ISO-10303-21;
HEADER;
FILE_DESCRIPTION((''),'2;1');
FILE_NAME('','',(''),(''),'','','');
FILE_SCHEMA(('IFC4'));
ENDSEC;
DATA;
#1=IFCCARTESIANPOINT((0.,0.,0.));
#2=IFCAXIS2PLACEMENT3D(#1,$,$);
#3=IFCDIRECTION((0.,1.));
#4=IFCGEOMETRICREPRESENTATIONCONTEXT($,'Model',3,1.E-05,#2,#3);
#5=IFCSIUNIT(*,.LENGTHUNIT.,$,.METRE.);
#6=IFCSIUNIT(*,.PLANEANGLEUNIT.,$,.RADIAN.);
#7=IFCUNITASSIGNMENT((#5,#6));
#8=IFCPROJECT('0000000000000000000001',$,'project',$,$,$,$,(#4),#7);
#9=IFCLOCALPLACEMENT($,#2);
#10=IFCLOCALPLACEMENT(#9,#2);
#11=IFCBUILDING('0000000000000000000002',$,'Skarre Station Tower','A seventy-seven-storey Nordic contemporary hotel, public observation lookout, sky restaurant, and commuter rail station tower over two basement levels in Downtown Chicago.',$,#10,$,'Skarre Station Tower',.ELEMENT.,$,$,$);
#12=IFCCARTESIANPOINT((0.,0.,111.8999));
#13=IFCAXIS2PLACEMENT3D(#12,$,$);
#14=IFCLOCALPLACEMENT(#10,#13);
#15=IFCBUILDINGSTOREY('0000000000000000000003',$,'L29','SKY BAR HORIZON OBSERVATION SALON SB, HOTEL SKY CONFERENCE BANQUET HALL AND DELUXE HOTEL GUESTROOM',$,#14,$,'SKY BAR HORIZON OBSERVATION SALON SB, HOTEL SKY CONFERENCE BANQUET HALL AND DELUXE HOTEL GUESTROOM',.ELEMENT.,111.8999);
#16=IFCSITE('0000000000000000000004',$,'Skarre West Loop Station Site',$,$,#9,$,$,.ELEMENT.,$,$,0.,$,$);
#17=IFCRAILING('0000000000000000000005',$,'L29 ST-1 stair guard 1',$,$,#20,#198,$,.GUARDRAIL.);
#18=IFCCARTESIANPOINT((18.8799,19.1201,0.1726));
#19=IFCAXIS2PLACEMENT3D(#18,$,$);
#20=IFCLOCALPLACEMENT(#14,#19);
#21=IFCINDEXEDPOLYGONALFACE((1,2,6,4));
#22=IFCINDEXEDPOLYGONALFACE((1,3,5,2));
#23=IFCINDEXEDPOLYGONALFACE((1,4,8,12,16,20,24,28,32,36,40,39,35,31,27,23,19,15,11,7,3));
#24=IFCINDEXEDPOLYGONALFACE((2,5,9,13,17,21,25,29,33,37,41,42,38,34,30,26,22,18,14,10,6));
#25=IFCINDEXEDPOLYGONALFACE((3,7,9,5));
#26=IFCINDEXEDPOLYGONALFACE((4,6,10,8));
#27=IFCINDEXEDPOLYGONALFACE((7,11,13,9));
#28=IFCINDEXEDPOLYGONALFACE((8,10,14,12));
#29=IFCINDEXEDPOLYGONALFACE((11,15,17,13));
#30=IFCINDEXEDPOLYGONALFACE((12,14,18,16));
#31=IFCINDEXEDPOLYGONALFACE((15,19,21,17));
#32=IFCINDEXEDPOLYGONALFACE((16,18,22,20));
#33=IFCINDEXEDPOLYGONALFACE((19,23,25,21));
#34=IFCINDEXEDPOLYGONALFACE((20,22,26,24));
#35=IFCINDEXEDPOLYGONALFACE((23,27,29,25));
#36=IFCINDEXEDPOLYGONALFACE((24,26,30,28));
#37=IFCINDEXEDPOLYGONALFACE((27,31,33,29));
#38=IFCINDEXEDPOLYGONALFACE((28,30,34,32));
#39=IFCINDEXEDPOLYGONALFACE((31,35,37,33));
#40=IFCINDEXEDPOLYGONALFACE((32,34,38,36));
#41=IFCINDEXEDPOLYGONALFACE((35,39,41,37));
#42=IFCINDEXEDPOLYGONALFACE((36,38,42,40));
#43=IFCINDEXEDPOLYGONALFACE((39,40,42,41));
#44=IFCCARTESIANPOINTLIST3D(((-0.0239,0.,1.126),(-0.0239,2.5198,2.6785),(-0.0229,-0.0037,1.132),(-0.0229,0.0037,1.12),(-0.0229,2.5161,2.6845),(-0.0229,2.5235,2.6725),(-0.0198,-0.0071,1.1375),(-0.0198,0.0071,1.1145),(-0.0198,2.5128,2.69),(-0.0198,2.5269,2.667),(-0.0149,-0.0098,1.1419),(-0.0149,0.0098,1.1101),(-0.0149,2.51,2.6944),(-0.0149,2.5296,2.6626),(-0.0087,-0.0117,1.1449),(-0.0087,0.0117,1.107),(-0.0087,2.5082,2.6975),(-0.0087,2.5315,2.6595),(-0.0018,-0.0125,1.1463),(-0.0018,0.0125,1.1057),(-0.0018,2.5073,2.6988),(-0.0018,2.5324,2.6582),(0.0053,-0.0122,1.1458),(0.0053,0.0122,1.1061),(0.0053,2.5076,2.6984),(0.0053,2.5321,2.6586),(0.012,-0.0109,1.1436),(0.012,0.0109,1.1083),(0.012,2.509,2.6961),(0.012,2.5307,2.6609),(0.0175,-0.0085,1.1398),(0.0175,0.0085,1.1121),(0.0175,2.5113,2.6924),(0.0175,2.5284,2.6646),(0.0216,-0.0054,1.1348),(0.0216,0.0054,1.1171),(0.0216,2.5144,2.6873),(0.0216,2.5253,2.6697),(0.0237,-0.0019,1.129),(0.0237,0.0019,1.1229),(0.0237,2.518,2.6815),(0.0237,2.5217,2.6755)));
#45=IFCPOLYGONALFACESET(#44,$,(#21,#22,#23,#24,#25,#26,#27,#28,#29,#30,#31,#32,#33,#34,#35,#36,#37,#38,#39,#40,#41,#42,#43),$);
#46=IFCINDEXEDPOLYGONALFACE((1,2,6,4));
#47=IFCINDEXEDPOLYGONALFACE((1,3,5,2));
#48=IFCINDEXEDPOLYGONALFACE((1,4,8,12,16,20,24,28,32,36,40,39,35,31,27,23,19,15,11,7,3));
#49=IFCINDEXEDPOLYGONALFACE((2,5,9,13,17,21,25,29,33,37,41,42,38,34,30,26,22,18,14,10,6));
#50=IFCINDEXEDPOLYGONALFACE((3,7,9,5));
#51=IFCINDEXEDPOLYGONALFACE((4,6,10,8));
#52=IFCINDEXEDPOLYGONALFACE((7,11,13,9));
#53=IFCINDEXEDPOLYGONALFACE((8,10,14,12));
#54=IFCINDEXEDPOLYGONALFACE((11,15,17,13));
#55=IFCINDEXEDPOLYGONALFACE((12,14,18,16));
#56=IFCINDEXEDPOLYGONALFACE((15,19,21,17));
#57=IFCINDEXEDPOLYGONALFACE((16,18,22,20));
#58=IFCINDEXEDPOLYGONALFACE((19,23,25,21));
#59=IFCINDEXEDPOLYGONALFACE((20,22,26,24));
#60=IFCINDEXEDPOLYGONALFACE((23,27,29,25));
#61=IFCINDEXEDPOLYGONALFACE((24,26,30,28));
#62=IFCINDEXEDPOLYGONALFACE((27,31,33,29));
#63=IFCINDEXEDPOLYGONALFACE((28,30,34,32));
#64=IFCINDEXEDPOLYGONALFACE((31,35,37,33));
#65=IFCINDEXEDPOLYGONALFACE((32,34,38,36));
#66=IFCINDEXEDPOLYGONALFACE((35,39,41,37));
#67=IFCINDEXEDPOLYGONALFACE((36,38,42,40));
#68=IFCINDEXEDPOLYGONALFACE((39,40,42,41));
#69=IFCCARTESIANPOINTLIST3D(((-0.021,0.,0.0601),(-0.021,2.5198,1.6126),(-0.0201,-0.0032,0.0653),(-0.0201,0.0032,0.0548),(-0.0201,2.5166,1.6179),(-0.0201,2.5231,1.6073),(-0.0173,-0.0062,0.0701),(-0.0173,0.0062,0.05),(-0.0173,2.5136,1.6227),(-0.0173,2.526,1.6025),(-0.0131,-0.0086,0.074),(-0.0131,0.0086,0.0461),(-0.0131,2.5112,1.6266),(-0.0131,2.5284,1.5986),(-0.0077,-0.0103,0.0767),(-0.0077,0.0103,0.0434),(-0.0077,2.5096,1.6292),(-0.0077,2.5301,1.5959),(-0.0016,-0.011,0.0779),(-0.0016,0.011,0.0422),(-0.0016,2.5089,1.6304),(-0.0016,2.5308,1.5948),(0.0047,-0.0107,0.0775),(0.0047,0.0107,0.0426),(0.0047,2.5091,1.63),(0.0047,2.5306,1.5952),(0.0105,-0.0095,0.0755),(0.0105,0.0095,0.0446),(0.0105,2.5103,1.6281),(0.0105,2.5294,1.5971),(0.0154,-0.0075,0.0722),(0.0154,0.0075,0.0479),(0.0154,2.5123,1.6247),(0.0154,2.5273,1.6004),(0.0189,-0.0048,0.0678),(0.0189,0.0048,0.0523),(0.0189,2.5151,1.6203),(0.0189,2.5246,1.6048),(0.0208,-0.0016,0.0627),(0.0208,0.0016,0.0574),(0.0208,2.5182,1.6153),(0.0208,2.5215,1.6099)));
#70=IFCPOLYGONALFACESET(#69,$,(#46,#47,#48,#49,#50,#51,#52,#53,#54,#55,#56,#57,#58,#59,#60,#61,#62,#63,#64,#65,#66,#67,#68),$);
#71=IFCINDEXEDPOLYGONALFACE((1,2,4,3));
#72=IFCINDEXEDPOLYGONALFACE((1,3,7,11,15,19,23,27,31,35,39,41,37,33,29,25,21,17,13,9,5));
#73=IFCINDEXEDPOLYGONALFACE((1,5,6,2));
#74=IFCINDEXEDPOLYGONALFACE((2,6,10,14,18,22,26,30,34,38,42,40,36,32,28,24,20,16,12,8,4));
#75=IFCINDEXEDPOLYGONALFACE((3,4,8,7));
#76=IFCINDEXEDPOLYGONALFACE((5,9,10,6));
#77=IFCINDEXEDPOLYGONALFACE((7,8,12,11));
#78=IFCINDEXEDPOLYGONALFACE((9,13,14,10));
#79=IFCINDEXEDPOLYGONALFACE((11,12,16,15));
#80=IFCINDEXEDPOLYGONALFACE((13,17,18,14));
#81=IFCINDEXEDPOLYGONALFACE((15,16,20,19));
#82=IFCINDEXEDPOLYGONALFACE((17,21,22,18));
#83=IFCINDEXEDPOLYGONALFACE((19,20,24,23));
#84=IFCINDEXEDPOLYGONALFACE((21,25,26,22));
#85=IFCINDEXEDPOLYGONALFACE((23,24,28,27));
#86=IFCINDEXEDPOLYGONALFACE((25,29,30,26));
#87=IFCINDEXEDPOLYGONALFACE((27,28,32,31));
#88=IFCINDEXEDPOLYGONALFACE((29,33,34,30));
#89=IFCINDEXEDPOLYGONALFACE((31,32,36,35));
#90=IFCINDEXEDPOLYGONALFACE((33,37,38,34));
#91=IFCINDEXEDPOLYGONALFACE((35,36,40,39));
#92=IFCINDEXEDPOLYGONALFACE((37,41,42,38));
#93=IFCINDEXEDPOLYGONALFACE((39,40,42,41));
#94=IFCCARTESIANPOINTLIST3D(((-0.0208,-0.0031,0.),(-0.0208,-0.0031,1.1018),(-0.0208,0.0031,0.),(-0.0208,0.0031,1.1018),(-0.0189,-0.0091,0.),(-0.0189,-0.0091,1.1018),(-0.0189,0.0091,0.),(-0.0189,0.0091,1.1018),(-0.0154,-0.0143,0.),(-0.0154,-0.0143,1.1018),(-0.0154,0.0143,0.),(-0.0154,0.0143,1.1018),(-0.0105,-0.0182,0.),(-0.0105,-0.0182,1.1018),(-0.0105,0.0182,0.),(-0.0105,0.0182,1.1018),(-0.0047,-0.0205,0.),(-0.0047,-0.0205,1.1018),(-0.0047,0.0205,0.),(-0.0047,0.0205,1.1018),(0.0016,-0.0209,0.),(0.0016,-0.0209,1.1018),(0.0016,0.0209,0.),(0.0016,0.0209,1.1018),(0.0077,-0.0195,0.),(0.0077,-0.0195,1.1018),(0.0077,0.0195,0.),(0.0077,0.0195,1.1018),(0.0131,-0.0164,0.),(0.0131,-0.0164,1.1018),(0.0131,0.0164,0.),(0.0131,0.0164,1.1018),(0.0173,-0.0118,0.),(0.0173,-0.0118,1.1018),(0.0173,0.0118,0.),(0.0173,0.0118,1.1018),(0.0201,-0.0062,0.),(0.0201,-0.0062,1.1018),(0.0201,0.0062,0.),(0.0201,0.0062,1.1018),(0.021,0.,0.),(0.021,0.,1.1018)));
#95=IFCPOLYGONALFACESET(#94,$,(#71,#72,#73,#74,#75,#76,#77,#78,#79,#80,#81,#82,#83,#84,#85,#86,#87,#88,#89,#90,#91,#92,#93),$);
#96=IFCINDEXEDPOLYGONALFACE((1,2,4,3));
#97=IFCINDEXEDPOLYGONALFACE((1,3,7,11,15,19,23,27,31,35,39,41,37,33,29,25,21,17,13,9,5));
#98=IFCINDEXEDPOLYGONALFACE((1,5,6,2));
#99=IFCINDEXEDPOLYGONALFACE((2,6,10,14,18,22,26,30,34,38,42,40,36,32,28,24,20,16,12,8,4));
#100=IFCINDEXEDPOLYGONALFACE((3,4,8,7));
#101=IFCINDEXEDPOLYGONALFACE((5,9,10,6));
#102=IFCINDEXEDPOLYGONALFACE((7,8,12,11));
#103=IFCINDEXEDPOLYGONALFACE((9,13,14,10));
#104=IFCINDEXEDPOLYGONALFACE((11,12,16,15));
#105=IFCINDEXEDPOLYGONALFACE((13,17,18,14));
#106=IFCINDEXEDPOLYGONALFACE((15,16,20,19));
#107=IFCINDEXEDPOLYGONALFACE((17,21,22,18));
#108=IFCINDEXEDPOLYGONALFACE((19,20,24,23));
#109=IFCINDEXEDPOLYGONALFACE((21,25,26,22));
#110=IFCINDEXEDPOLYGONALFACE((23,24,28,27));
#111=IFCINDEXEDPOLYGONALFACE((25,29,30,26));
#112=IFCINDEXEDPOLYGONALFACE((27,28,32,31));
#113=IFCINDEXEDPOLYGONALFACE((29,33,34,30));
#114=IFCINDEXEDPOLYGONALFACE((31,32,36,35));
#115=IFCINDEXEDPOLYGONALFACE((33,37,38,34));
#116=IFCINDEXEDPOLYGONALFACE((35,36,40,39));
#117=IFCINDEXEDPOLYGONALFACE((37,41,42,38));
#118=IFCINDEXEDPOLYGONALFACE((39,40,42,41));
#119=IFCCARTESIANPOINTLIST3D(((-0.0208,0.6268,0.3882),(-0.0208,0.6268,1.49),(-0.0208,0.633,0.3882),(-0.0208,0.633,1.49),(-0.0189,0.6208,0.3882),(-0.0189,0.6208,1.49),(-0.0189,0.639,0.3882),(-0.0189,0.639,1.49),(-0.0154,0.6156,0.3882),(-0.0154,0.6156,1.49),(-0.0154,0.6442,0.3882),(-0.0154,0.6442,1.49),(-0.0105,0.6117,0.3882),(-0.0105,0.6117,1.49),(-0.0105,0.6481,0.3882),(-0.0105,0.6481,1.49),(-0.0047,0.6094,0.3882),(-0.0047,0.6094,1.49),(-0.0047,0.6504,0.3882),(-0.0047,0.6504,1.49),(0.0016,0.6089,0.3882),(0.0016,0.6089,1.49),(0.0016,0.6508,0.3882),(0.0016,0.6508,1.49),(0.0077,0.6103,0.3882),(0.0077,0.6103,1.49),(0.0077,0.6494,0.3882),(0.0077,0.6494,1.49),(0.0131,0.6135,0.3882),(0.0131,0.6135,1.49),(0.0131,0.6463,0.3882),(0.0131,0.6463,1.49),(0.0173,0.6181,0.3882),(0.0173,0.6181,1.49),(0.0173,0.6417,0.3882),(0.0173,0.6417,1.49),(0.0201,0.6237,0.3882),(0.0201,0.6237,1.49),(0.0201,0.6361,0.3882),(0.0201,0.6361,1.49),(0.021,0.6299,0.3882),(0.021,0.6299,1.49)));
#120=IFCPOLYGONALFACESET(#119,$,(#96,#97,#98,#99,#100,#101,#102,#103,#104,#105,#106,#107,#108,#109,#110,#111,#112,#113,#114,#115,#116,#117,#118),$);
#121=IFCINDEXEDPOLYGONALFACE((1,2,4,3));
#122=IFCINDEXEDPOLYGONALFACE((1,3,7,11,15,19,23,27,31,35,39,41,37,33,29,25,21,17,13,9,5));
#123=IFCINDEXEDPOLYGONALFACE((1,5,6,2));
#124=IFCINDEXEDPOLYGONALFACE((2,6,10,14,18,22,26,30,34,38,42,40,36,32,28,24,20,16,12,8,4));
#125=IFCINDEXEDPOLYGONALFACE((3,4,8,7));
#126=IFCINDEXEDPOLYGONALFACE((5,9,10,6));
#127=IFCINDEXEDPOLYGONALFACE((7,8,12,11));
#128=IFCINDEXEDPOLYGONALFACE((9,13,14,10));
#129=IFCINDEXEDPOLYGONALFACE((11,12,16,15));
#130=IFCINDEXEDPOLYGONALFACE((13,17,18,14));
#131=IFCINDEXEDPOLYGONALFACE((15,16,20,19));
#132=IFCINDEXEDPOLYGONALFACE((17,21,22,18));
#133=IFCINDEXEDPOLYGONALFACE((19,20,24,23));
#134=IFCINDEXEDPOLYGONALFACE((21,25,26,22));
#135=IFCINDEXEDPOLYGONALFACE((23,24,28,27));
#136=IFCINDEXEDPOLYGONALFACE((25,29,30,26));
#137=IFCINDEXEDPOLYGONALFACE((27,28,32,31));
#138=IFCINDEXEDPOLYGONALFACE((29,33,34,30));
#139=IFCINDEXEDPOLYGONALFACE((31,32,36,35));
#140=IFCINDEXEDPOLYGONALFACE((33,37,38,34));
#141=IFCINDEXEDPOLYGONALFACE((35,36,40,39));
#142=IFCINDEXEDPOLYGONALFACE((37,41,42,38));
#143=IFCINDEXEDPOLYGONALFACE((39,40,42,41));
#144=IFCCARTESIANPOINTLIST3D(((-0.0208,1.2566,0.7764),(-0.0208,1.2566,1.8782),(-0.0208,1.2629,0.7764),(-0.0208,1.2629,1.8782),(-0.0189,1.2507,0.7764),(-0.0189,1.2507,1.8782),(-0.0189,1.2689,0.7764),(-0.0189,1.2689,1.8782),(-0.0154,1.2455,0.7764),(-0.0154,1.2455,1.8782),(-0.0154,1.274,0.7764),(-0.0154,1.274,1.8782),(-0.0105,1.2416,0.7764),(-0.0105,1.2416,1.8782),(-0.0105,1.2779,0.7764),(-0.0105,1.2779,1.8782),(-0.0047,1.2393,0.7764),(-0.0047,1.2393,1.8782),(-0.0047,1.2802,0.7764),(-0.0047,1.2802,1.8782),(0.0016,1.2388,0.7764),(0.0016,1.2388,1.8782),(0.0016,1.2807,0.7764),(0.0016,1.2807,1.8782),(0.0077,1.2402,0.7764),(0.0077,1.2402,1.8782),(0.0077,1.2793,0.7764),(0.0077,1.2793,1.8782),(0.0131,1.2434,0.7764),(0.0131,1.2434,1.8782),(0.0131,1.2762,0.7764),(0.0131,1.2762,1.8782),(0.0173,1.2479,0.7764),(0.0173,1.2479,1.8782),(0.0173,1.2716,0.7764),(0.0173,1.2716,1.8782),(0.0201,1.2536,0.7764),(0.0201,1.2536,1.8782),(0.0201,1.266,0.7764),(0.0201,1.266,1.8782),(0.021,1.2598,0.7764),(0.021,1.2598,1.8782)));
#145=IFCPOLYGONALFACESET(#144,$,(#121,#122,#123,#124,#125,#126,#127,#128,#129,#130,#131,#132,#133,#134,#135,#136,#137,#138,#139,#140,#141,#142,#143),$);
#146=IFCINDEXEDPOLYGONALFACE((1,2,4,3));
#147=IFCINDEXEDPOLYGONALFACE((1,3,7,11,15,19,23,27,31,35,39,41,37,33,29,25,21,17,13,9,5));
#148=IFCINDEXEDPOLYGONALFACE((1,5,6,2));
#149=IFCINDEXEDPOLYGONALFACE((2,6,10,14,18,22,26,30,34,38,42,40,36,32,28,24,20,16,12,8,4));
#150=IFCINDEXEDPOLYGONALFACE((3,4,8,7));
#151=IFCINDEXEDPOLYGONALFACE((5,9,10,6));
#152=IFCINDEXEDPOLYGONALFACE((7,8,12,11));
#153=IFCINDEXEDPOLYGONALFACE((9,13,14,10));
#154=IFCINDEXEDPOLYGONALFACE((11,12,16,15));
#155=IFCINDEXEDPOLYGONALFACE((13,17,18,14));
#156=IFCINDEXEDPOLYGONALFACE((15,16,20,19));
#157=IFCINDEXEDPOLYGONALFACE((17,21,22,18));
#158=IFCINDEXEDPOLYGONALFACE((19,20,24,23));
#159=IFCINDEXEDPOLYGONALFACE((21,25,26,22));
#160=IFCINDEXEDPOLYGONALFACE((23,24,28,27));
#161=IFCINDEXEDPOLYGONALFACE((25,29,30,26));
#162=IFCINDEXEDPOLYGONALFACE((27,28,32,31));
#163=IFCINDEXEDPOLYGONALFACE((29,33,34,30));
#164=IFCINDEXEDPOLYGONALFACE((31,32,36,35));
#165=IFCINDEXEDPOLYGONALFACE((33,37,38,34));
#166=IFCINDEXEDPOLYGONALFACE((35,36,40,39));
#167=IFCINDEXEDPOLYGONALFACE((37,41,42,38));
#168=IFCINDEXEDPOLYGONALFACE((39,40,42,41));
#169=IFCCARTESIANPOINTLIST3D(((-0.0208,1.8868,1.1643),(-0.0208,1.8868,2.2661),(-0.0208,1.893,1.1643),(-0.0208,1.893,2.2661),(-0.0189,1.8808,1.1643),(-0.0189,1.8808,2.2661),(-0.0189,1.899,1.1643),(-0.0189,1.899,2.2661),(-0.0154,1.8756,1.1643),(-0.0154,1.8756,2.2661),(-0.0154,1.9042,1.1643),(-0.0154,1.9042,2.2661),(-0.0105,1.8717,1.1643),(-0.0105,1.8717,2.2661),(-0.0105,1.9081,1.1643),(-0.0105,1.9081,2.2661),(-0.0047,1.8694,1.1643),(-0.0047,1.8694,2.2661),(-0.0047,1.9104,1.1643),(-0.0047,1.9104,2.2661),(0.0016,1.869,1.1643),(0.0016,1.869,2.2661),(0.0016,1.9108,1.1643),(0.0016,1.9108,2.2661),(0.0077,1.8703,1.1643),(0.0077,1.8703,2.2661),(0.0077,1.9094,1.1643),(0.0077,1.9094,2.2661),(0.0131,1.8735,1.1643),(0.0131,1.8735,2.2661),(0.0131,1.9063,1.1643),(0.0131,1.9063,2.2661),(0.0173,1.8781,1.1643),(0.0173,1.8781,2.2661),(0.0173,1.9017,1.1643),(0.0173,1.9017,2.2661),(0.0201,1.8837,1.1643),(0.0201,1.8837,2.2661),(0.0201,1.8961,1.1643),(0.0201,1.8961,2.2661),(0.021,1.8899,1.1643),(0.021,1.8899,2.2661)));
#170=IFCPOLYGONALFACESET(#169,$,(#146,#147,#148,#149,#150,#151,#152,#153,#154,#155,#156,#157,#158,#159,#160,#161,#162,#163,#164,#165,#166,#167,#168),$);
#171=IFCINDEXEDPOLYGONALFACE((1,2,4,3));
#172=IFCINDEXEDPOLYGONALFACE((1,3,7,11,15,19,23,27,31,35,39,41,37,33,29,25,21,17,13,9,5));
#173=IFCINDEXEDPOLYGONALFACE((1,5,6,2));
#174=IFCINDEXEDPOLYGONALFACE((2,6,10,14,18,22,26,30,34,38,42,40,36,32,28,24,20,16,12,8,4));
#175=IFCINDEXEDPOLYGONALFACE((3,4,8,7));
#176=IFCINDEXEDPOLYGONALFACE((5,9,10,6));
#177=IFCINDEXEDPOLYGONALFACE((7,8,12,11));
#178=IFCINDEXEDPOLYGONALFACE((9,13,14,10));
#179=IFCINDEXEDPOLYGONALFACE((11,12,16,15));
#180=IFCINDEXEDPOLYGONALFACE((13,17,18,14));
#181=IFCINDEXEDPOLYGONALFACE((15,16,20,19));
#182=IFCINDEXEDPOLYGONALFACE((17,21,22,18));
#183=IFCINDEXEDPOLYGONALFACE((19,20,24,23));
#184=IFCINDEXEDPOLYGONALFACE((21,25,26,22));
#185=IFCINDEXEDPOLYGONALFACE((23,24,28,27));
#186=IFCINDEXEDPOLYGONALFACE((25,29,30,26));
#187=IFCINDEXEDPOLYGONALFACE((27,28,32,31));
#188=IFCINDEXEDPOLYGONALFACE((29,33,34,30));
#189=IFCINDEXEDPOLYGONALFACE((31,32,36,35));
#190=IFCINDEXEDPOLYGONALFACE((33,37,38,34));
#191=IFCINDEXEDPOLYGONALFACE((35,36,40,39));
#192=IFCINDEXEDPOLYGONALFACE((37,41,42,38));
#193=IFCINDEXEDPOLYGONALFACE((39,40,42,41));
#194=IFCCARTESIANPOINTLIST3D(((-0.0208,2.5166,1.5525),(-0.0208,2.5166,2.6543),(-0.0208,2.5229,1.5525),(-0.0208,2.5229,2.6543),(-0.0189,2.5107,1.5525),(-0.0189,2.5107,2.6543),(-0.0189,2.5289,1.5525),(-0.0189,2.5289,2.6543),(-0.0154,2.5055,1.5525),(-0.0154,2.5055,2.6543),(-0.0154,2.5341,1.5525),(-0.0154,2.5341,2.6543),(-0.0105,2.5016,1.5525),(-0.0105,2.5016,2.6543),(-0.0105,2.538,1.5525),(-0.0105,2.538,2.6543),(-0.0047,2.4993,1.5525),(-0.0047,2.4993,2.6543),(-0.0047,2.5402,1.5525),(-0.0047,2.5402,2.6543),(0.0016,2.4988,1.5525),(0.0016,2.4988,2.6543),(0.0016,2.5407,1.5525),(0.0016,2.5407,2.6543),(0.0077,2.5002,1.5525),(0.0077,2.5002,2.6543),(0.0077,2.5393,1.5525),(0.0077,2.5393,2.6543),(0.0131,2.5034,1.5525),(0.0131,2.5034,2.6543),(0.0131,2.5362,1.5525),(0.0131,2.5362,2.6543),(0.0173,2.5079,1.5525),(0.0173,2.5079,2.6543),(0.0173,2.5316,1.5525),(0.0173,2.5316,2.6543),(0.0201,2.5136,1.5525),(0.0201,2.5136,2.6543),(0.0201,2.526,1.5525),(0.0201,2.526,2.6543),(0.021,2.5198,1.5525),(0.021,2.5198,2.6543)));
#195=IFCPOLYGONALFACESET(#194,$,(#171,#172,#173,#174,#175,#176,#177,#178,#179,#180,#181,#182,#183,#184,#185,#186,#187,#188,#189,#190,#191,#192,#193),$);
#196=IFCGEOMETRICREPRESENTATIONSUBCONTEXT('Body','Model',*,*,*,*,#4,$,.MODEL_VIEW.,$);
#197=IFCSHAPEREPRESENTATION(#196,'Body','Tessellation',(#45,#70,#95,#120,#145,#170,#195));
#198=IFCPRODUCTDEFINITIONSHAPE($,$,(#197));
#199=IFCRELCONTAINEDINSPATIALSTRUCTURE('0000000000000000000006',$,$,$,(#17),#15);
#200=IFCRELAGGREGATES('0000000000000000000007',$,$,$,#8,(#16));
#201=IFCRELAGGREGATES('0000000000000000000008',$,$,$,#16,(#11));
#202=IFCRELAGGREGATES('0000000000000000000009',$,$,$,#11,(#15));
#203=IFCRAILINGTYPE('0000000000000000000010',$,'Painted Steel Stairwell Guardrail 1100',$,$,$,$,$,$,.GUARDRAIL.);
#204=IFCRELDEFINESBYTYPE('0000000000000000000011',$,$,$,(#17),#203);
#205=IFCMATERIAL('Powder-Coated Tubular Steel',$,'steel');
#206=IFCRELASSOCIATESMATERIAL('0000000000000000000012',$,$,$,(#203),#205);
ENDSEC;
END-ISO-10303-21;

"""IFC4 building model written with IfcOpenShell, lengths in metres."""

from ifc_helpers import new_model, si_unit, direction, frame, origin, origin_2d, place, context, subcontext, project, spatial, circle, extrude, material, type_object, element, save


model = new_model("IFC4")

# Units and contexts
model_context = context("Model", 3, precision=1e-05, world=origin(), true_north=direction((0.0, 1.0)))
body_context = subcontext(model_context, "Body", "Model", "MODEL_VIEW")
ifc_project = project(units=[si_unit("LENGTHUNIT", "METRE"), si_unit("PLANEANGLEUNIT", "RADIAN")], contexts=[model_context])

# Site, building, storey
site_placement = place(None, origin())
site = spatial("IfcSite", under=ifc_project, at=site_placement, Name="Skarre West Loop Station Site", CompositionType="ELEMENT", RefElevation=0.0)
building_placement = place(site_placement, origin())
building = spatial("IfcBuilding", under=site, at=building_placement, Name="Skarre Station Tower", Description="A seventy-seven-storey Nordic contemporary hotel, public observation lookout, sky restaurant, and commuter rail station tower over two basement levels in Downtown Chicago.", LongName="Skarre Station Tower", CompositionType="ELEMENT")
storey_placement = place(building_placement, frame((0.0, 0.0, 111.8999)))
storey = spatial("IfcBuildingStorey", under=building, at=storey_placement, Name="L29", Description="SKY BAR HORIZON OBSERVATION SALON SB, HOTEL SKY CONFERENCE BANQUET HALL AND DELUXE HOTEL GUESTROOM", LongName="SKY BAR HORIZON OBSERVATION SALON SB, HOTEL SKY CONFERENCE BANQUET HALL AND DELUXE HOTEL GUESTROOM", CompositionType="ELEMENT", Elevation=111.8999)

# Railing
ifc_material_1 = material(Name="Powder-Coated Tubular Steel", Category="steel")
railing_type_1 = type_object("IfcRailingType", Name="Painted Steel Stairwell Guardrail 1100", PredefinedType="GUARDRAIL", material=ifc_material_1)
railing_1_placement = place(storey_placement, frame((18.8799, 19.1201, 0.1726)))
element("IfcRailing", 1, at=railing_1_placement, inside=storey, type_object=railing_type_1, Name="L29 ST-1 stair guard 1", PredefinedType="GUARDRAIL", context=body_context, shape_type="SweptSolid", body=[
    extrude(circle(Radius=0.0239, at=origin_2d()), frame((0.0, 0.0, 1.126), z_axis=(0.0, 0.851378, 0.524553), x_axis=(-1.0, 0.0, 0.0)), (0.0, 0.0, 1.0), 2.9597),
    extrude(circle(Radius=0.021, at=origin_2d()), frame((0.0, 0.0, 0.0601), z_axis=(0.0, 0.851378, 0.524553), x_axis=(-1.0, 0.0, 0.0)), (0.0, 0.0, 1.0), 2.9597),
    extrude(circle(Radius=0.021, at=origin_2d()), origin(), (0.0, 0.0, 1.0), 1.1018),
    extrude(circle(Radius=0.021, at=origin_2d()), frame((0.0, 0.6299, 0.3882)), (0.0, 0.0, 1.0), 1.1018),
    extrude(circle(Radius=0.021, at=origin_2d()), frame((0.0, 1.2598, 0.7764)), (0.0, 0.0, 1.0), 1.1018),
    extrude(circle(Radius=0.021, at=origin_2d()), frame((0.0, 1.8899, 1.1643)), (0.0, 0.0, 1.0), 1.1018),
    extrude(circle(Radius=0.021, at=origin_2d()), frame((0.0, 2.5198, 1.5525)), (0.0, 0.0, 1.0), 1.1018),
])

save(model, "model.ifc")
